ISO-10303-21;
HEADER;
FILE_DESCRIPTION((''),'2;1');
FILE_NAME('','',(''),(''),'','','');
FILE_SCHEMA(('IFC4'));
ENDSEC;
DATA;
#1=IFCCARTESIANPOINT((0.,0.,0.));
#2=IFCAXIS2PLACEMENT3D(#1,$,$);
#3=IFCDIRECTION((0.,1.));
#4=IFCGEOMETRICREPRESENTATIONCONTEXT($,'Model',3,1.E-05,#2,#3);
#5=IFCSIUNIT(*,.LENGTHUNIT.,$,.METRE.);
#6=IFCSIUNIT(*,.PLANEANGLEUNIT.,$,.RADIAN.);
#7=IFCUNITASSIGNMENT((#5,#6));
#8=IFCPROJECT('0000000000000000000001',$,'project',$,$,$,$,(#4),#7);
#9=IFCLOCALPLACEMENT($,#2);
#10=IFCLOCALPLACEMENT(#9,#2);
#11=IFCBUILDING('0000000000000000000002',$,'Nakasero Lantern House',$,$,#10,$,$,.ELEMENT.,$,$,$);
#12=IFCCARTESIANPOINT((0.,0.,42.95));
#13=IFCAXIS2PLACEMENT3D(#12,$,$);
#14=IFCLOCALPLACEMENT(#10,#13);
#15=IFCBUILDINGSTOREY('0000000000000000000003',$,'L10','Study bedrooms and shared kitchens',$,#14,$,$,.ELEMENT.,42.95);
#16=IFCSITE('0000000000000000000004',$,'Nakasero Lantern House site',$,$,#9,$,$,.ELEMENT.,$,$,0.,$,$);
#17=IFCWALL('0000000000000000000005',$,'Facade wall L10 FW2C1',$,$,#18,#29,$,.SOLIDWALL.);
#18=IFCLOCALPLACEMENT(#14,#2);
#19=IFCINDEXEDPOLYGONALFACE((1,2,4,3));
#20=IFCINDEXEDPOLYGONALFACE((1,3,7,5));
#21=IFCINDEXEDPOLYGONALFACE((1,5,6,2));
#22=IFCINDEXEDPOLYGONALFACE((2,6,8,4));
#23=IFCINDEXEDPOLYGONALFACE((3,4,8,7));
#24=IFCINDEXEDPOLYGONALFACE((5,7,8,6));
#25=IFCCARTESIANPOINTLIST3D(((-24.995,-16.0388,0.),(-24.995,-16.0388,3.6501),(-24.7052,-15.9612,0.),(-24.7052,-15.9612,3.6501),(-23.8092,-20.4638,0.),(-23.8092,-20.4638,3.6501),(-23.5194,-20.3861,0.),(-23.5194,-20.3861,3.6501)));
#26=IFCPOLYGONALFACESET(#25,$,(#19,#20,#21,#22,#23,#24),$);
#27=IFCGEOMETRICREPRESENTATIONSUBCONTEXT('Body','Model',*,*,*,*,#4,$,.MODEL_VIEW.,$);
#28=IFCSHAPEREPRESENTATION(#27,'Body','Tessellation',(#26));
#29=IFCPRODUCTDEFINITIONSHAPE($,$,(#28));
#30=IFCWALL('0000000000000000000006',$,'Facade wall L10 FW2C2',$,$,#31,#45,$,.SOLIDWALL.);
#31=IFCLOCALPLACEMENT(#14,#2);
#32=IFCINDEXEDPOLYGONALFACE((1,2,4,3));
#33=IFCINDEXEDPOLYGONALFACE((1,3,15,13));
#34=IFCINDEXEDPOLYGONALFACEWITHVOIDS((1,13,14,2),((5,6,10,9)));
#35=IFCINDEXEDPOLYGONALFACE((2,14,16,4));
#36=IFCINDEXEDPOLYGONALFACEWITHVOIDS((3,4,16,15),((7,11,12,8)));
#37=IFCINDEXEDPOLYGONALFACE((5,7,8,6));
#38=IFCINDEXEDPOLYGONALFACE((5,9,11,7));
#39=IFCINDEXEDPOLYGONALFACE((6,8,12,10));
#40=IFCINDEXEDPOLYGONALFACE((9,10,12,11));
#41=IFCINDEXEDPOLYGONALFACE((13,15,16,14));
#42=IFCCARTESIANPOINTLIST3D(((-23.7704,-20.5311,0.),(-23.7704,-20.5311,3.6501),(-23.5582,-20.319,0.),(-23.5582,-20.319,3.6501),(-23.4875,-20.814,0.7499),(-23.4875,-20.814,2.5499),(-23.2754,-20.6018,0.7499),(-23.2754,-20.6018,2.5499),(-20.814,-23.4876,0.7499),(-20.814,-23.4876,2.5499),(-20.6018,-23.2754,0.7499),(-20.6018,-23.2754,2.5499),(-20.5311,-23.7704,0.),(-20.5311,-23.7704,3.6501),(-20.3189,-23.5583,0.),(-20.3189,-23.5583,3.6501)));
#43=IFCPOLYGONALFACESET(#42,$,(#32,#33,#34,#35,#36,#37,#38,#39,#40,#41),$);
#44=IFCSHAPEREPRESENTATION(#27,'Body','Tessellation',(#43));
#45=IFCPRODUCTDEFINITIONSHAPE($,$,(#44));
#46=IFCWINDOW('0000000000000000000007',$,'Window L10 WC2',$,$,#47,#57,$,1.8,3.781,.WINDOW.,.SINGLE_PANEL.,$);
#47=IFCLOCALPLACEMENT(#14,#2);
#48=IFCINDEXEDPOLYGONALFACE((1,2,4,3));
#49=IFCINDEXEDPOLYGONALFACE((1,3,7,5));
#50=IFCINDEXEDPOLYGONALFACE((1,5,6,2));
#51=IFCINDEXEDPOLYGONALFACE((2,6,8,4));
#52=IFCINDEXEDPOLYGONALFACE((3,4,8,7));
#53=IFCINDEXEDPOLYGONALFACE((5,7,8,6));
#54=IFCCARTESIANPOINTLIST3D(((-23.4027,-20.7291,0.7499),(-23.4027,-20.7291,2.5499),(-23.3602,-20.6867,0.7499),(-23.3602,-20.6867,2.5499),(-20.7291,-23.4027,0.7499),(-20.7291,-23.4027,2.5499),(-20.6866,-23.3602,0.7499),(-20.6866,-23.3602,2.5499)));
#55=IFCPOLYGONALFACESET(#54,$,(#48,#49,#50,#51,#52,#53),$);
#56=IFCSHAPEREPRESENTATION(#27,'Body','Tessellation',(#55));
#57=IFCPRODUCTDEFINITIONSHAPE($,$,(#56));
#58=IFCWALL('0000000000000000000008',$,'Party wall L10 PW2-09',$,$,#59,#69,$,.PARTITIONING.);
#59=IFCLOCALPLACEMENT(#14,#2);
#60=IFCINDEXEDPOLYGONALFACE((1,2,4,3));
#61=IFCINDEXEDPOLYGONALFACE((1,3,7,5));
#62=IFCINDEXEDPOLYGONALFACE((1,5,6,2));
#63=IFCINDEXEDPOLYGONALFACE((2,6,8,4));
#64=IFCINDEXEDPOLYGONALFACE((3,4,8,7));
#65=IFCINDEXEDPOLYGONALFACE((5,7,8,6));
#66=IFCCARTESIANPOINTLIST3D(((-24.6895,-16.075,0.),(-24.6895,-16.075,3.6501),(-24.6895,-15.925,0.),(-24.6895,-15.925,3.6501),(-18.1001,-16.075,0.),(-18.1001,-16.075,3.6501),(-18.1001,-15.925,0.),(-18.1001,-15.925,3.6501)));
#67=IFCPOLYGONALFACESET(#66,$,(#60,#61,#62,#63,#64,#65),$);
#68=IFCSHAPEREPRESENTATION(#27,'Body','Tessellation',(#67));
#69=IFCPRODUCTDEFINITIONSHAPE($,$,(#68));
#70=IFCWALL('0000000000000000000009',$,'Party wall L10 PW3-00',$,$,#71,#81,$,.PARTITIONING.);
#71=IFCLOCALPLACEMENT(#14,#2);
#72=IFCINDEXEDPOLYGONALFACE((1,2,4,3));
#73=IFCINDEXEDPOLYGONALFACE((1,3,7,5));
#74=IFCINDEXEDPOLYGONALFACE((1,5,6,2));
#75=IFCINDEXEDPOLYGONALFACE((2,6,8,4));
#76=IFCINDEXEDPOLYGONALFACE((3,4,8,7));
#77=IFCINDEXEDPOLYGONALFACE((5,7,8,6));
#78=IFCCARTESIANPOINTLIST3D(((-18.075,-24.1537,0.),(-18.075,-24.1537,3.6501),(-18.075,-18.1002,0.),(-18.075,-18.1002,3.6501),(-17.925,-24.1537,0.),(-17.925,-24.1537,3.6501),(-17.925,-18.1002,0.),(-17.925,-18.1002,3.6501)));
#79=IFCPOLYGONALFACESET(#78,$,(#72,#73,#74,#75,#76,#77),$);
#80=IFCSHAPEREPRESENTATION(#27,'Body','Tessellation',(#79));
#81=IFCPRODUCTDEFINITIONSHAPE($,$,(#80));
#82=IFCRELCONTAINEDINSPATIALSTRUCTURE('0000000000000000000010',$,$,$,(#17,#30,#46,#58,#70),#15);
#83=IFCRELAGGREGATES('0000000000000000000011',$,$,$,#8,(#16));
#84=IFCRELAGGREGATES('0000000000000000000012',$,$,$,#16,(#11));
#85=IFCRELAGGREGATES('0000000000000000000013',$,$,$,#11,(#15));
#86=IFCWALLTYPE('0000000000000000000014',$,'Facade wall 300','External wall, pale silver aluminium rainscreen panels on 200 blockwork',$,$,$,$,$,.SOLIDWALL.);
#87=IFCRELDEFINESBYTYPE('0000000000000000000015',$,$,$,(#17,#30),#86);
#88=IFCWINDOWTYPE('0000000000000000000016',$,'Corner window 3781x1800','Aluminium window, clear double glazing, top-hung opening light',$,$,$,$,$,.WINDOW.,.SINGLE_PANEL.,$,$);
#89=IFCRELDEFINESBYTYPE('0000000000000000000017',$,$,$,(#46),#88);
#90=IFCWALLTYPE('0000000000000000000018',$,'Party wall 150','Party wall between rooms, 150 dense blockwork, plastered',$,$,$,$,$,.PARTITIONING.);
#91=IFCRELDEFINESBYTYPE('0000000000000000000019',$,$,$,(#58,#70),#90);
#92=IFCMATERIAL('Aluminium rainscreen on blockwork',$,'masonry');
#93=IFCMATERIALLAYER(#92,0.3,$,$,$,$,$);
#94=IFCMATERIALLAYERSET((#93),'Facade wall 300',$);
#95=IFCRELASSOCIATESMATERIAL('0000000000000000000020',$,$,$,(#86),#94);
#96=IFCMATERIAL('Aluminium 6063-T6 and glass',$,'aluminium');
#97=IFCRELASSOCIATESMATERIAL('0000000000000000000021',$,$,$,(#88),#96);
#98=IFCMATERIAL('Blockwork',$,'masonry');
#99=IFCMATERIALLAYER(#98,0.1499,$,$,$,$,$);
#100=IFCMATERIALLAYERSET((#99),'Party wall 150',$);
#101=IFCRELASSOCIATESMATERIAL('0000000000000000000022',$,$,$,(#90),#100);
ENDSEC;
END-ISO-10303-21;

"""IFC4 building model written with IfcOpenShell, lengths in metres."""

from ifc_helpers import new_model, si_unit, direction, frame, frame_2d, origin, place, context, subcontext, project, spatial, rectangle, extrude, material, layer, layer_set, type_object, element, fill, save


model = new_model("IFC4")

# Units and contexts
model_context = context("Model", 3, precision=1e-05, world=origin(), true_north=direction((0.0, 1.0)))
body_context = subcontext(model_context, "Body", "Model", "MODEL_VIEW")
ifc_project = project(units=[si_unit("LENGTHUNIT", "METRE"), si_unit("PLANEANGLEUNIT", "RADIAN")], contexts=[model_context])

# Site, building, storey
site_placement = place(None, origin())
site = spatial("IfcSite", under=ifc_project, at=site_placement, Name="Nakasero Lantern House site", CompositionType="ELEMENT", RefElevation=0.0)
building_placement = place(site_placement, origin())
building = spatial("IfcBuilding", under=site, at=building_placement, Name="Nakasero Lantern House", CompositionType="ELEMENT")
storey_placement = place(building_placement, frame((0.0, 0.0, 42.95)))
storey = spatial("IfcBuildingStorey", under=building, at=storey_placement, Name="L10", Description="Study bedrooms and shared kitchens", CompositionType="ELEMENT", Elevation=42.95)

# Wall
ifc_material_1 = material(Name="Aluminium rainscreen on blockwork", Category="masonry")
ifc_layer_1 = layer(ifc_material_1, 0.3)
ifc_layer_set_1 = layer_set([ifc_layer_1], Name="Facade wall 300")
wall_type_1 = type_object("IfcWallType", Name="Facade wall 300", Description="External wall, pale silver aluminium rainscreen panels on 200 blockwork", PredefinedType="SOLIDWALL", material=ifc_layer_set_1)
wall_1_placement = place(storey_placement, frame((-24.8501, -16.0, 0.0), z_axis=(0.0, 0.0, 1.0), x_axis=(0.25884, -0.96592, 0.0)))
element("IfcWall", 1, at=wall_1_placement, inside=storey, type_object=wall_type_1, Name="Facade wall L10 FW2C1", PredefinedType="SOLIDWALL", context=body_context, shape_type="SweptSolid", body=[
    extrude(rectangle(XDim=4.5811, YDim=0.3, at=frame_2d((2.2905, 0.0))), origin(), (0.0, 0.0, 1.0), 3.6501),
])

# Wall, opening, window
wall_2_placement = place(storey_placement, frame((-23.6643, -20.425, 0.0), z_axis=(0.0, 0.0, 1.0), x_axis=(0.707107, -0.707107, 0.0)))
wall_2 = element("IfcWall", 2, at=wall_2_placement, inside=storey, type_object=wall_type_1, Name="Facade wall L10 FW2C2", PredefinedType="SOLIDWALL", context=body_context, shape_type="SweptSolid", body=[
    extrude(rectangle(XDim=4.5811, YDim=0.3, at=frame_2d((2.2905, 0.0))), origin(), (0.0, 0.0, 1.0), 3.6501),
])
opening_1_placement = place(wall_2_placement, frame((0.3999, 0.0, 0.75)))
opening_1 = element("IfcOpeningElement", 3, at=opening_1_placement, cuts=wall_2, PredefinedType="OPENING", context=body_context, shape_type="SweptSolid", body=[
    extrude(rectangle(XDim=3.781, YDim=1.8, at=frame_2d((1.8906, 0.8999))), frame((0.0, 0.1699, 0.0), z_axis=(0.0, -1.0, 0.0), x_axis=(1.0, 0.0, 0.0)), (0.0, 0.0, 1.0), 0.3401),
])
ifc_material_2 = material(Name="Aluminium 6063-T6 and glass", Category="aluminium")
window_type = type_object("IfcWindowType", Name="Corner window 3781x1800", Description="Aluminium window, clear double glazing, top-hung opening light", PartitioningType="SINGLE_PANEL", PredefinedType="WINDOW", material=ifc_material_2)
window_placement = place(opening_1_placement, origin())
window = element("IfcWindow", 4, at=window_placement, inside=storey, type_object=window_type, Name="Window L10 WC2", OverallHeight=1.8, OverallWidth=3.781, PartitioningType="SINGLE_PANEL", PredefinedType="WINDOW", context=body_context, shape_type="SweptSolid", body=[
    extrude(rectangle(XDim=3.781, YDim=1.8, at=frame_2d((1.8906, 0.8999))), frame((0.0, 0.03, 0.0), z_axis=(0.0, -1.0, 0.0), x_axis=(1.0, 0.0, 0.0)), (0.0, 0.0, 1.0), 0.0601),
])
fill(opening_1, window)

# Walls
ifc_material_3 = material(Name="Blockwork", Category="masonry")
ifc_layer_2 = layer(ifc_material_3, 0.1499)
ifc_layer_set_2 = layer_set([ifc_layer_2], Name="Party wall 150")
wall_type_2 = type_object("IfcWallType", Name="Party wall 150", Description="Party wall between rooms, 150 dense blockwork, plastered", PredefinedType="PARTITIONING", material=ifc_layer_set_2)
wall_3_placement = place(storey_placement, frame((-18.1001, -16.0, 0.0), z_axis=(0.0, 0.0, 1.0), x_axis=(-1.0, 0.0, 0.0)))
element("IfcWall", 5, at=wall_3_placement, inside=storey, type_object=wall_type_2, Name="Party wall L10 PW2-09", PredefinedType="PARTITIONING", context=body_context, shape_type="SweptSolid", body=[
    extrude(rectangle(XDim=6.5894, YDim=0.1499, at=frame_2d((3.2947, 0.0))), origin(), (0.0, 0.0, 1.0), 3.6501),
])
wall_4_placement = place(storey_placement, frame((-18.0, -18.1001, 0.0), z_axis=(0.0, 0.0, 1.0), x_axis=(0.0, -1.0, 0.0)))
element("IfcWall", 6, at=wall_4_placement, inside=storey, type_object=wall_type_2, Name="Party wall L10 PW3-00", PredefinedType="PARTITIONING", context=body_context, shape_type="SweptSolid", body=[
    extrude(rectangle(XDim=6.0535, YDim=0.1499, at=frame_2d((3.0269, 0.0))), origin(), (0.0, 0.0, 1.0), 3.6501),
])

save(model, "model.ifc")
